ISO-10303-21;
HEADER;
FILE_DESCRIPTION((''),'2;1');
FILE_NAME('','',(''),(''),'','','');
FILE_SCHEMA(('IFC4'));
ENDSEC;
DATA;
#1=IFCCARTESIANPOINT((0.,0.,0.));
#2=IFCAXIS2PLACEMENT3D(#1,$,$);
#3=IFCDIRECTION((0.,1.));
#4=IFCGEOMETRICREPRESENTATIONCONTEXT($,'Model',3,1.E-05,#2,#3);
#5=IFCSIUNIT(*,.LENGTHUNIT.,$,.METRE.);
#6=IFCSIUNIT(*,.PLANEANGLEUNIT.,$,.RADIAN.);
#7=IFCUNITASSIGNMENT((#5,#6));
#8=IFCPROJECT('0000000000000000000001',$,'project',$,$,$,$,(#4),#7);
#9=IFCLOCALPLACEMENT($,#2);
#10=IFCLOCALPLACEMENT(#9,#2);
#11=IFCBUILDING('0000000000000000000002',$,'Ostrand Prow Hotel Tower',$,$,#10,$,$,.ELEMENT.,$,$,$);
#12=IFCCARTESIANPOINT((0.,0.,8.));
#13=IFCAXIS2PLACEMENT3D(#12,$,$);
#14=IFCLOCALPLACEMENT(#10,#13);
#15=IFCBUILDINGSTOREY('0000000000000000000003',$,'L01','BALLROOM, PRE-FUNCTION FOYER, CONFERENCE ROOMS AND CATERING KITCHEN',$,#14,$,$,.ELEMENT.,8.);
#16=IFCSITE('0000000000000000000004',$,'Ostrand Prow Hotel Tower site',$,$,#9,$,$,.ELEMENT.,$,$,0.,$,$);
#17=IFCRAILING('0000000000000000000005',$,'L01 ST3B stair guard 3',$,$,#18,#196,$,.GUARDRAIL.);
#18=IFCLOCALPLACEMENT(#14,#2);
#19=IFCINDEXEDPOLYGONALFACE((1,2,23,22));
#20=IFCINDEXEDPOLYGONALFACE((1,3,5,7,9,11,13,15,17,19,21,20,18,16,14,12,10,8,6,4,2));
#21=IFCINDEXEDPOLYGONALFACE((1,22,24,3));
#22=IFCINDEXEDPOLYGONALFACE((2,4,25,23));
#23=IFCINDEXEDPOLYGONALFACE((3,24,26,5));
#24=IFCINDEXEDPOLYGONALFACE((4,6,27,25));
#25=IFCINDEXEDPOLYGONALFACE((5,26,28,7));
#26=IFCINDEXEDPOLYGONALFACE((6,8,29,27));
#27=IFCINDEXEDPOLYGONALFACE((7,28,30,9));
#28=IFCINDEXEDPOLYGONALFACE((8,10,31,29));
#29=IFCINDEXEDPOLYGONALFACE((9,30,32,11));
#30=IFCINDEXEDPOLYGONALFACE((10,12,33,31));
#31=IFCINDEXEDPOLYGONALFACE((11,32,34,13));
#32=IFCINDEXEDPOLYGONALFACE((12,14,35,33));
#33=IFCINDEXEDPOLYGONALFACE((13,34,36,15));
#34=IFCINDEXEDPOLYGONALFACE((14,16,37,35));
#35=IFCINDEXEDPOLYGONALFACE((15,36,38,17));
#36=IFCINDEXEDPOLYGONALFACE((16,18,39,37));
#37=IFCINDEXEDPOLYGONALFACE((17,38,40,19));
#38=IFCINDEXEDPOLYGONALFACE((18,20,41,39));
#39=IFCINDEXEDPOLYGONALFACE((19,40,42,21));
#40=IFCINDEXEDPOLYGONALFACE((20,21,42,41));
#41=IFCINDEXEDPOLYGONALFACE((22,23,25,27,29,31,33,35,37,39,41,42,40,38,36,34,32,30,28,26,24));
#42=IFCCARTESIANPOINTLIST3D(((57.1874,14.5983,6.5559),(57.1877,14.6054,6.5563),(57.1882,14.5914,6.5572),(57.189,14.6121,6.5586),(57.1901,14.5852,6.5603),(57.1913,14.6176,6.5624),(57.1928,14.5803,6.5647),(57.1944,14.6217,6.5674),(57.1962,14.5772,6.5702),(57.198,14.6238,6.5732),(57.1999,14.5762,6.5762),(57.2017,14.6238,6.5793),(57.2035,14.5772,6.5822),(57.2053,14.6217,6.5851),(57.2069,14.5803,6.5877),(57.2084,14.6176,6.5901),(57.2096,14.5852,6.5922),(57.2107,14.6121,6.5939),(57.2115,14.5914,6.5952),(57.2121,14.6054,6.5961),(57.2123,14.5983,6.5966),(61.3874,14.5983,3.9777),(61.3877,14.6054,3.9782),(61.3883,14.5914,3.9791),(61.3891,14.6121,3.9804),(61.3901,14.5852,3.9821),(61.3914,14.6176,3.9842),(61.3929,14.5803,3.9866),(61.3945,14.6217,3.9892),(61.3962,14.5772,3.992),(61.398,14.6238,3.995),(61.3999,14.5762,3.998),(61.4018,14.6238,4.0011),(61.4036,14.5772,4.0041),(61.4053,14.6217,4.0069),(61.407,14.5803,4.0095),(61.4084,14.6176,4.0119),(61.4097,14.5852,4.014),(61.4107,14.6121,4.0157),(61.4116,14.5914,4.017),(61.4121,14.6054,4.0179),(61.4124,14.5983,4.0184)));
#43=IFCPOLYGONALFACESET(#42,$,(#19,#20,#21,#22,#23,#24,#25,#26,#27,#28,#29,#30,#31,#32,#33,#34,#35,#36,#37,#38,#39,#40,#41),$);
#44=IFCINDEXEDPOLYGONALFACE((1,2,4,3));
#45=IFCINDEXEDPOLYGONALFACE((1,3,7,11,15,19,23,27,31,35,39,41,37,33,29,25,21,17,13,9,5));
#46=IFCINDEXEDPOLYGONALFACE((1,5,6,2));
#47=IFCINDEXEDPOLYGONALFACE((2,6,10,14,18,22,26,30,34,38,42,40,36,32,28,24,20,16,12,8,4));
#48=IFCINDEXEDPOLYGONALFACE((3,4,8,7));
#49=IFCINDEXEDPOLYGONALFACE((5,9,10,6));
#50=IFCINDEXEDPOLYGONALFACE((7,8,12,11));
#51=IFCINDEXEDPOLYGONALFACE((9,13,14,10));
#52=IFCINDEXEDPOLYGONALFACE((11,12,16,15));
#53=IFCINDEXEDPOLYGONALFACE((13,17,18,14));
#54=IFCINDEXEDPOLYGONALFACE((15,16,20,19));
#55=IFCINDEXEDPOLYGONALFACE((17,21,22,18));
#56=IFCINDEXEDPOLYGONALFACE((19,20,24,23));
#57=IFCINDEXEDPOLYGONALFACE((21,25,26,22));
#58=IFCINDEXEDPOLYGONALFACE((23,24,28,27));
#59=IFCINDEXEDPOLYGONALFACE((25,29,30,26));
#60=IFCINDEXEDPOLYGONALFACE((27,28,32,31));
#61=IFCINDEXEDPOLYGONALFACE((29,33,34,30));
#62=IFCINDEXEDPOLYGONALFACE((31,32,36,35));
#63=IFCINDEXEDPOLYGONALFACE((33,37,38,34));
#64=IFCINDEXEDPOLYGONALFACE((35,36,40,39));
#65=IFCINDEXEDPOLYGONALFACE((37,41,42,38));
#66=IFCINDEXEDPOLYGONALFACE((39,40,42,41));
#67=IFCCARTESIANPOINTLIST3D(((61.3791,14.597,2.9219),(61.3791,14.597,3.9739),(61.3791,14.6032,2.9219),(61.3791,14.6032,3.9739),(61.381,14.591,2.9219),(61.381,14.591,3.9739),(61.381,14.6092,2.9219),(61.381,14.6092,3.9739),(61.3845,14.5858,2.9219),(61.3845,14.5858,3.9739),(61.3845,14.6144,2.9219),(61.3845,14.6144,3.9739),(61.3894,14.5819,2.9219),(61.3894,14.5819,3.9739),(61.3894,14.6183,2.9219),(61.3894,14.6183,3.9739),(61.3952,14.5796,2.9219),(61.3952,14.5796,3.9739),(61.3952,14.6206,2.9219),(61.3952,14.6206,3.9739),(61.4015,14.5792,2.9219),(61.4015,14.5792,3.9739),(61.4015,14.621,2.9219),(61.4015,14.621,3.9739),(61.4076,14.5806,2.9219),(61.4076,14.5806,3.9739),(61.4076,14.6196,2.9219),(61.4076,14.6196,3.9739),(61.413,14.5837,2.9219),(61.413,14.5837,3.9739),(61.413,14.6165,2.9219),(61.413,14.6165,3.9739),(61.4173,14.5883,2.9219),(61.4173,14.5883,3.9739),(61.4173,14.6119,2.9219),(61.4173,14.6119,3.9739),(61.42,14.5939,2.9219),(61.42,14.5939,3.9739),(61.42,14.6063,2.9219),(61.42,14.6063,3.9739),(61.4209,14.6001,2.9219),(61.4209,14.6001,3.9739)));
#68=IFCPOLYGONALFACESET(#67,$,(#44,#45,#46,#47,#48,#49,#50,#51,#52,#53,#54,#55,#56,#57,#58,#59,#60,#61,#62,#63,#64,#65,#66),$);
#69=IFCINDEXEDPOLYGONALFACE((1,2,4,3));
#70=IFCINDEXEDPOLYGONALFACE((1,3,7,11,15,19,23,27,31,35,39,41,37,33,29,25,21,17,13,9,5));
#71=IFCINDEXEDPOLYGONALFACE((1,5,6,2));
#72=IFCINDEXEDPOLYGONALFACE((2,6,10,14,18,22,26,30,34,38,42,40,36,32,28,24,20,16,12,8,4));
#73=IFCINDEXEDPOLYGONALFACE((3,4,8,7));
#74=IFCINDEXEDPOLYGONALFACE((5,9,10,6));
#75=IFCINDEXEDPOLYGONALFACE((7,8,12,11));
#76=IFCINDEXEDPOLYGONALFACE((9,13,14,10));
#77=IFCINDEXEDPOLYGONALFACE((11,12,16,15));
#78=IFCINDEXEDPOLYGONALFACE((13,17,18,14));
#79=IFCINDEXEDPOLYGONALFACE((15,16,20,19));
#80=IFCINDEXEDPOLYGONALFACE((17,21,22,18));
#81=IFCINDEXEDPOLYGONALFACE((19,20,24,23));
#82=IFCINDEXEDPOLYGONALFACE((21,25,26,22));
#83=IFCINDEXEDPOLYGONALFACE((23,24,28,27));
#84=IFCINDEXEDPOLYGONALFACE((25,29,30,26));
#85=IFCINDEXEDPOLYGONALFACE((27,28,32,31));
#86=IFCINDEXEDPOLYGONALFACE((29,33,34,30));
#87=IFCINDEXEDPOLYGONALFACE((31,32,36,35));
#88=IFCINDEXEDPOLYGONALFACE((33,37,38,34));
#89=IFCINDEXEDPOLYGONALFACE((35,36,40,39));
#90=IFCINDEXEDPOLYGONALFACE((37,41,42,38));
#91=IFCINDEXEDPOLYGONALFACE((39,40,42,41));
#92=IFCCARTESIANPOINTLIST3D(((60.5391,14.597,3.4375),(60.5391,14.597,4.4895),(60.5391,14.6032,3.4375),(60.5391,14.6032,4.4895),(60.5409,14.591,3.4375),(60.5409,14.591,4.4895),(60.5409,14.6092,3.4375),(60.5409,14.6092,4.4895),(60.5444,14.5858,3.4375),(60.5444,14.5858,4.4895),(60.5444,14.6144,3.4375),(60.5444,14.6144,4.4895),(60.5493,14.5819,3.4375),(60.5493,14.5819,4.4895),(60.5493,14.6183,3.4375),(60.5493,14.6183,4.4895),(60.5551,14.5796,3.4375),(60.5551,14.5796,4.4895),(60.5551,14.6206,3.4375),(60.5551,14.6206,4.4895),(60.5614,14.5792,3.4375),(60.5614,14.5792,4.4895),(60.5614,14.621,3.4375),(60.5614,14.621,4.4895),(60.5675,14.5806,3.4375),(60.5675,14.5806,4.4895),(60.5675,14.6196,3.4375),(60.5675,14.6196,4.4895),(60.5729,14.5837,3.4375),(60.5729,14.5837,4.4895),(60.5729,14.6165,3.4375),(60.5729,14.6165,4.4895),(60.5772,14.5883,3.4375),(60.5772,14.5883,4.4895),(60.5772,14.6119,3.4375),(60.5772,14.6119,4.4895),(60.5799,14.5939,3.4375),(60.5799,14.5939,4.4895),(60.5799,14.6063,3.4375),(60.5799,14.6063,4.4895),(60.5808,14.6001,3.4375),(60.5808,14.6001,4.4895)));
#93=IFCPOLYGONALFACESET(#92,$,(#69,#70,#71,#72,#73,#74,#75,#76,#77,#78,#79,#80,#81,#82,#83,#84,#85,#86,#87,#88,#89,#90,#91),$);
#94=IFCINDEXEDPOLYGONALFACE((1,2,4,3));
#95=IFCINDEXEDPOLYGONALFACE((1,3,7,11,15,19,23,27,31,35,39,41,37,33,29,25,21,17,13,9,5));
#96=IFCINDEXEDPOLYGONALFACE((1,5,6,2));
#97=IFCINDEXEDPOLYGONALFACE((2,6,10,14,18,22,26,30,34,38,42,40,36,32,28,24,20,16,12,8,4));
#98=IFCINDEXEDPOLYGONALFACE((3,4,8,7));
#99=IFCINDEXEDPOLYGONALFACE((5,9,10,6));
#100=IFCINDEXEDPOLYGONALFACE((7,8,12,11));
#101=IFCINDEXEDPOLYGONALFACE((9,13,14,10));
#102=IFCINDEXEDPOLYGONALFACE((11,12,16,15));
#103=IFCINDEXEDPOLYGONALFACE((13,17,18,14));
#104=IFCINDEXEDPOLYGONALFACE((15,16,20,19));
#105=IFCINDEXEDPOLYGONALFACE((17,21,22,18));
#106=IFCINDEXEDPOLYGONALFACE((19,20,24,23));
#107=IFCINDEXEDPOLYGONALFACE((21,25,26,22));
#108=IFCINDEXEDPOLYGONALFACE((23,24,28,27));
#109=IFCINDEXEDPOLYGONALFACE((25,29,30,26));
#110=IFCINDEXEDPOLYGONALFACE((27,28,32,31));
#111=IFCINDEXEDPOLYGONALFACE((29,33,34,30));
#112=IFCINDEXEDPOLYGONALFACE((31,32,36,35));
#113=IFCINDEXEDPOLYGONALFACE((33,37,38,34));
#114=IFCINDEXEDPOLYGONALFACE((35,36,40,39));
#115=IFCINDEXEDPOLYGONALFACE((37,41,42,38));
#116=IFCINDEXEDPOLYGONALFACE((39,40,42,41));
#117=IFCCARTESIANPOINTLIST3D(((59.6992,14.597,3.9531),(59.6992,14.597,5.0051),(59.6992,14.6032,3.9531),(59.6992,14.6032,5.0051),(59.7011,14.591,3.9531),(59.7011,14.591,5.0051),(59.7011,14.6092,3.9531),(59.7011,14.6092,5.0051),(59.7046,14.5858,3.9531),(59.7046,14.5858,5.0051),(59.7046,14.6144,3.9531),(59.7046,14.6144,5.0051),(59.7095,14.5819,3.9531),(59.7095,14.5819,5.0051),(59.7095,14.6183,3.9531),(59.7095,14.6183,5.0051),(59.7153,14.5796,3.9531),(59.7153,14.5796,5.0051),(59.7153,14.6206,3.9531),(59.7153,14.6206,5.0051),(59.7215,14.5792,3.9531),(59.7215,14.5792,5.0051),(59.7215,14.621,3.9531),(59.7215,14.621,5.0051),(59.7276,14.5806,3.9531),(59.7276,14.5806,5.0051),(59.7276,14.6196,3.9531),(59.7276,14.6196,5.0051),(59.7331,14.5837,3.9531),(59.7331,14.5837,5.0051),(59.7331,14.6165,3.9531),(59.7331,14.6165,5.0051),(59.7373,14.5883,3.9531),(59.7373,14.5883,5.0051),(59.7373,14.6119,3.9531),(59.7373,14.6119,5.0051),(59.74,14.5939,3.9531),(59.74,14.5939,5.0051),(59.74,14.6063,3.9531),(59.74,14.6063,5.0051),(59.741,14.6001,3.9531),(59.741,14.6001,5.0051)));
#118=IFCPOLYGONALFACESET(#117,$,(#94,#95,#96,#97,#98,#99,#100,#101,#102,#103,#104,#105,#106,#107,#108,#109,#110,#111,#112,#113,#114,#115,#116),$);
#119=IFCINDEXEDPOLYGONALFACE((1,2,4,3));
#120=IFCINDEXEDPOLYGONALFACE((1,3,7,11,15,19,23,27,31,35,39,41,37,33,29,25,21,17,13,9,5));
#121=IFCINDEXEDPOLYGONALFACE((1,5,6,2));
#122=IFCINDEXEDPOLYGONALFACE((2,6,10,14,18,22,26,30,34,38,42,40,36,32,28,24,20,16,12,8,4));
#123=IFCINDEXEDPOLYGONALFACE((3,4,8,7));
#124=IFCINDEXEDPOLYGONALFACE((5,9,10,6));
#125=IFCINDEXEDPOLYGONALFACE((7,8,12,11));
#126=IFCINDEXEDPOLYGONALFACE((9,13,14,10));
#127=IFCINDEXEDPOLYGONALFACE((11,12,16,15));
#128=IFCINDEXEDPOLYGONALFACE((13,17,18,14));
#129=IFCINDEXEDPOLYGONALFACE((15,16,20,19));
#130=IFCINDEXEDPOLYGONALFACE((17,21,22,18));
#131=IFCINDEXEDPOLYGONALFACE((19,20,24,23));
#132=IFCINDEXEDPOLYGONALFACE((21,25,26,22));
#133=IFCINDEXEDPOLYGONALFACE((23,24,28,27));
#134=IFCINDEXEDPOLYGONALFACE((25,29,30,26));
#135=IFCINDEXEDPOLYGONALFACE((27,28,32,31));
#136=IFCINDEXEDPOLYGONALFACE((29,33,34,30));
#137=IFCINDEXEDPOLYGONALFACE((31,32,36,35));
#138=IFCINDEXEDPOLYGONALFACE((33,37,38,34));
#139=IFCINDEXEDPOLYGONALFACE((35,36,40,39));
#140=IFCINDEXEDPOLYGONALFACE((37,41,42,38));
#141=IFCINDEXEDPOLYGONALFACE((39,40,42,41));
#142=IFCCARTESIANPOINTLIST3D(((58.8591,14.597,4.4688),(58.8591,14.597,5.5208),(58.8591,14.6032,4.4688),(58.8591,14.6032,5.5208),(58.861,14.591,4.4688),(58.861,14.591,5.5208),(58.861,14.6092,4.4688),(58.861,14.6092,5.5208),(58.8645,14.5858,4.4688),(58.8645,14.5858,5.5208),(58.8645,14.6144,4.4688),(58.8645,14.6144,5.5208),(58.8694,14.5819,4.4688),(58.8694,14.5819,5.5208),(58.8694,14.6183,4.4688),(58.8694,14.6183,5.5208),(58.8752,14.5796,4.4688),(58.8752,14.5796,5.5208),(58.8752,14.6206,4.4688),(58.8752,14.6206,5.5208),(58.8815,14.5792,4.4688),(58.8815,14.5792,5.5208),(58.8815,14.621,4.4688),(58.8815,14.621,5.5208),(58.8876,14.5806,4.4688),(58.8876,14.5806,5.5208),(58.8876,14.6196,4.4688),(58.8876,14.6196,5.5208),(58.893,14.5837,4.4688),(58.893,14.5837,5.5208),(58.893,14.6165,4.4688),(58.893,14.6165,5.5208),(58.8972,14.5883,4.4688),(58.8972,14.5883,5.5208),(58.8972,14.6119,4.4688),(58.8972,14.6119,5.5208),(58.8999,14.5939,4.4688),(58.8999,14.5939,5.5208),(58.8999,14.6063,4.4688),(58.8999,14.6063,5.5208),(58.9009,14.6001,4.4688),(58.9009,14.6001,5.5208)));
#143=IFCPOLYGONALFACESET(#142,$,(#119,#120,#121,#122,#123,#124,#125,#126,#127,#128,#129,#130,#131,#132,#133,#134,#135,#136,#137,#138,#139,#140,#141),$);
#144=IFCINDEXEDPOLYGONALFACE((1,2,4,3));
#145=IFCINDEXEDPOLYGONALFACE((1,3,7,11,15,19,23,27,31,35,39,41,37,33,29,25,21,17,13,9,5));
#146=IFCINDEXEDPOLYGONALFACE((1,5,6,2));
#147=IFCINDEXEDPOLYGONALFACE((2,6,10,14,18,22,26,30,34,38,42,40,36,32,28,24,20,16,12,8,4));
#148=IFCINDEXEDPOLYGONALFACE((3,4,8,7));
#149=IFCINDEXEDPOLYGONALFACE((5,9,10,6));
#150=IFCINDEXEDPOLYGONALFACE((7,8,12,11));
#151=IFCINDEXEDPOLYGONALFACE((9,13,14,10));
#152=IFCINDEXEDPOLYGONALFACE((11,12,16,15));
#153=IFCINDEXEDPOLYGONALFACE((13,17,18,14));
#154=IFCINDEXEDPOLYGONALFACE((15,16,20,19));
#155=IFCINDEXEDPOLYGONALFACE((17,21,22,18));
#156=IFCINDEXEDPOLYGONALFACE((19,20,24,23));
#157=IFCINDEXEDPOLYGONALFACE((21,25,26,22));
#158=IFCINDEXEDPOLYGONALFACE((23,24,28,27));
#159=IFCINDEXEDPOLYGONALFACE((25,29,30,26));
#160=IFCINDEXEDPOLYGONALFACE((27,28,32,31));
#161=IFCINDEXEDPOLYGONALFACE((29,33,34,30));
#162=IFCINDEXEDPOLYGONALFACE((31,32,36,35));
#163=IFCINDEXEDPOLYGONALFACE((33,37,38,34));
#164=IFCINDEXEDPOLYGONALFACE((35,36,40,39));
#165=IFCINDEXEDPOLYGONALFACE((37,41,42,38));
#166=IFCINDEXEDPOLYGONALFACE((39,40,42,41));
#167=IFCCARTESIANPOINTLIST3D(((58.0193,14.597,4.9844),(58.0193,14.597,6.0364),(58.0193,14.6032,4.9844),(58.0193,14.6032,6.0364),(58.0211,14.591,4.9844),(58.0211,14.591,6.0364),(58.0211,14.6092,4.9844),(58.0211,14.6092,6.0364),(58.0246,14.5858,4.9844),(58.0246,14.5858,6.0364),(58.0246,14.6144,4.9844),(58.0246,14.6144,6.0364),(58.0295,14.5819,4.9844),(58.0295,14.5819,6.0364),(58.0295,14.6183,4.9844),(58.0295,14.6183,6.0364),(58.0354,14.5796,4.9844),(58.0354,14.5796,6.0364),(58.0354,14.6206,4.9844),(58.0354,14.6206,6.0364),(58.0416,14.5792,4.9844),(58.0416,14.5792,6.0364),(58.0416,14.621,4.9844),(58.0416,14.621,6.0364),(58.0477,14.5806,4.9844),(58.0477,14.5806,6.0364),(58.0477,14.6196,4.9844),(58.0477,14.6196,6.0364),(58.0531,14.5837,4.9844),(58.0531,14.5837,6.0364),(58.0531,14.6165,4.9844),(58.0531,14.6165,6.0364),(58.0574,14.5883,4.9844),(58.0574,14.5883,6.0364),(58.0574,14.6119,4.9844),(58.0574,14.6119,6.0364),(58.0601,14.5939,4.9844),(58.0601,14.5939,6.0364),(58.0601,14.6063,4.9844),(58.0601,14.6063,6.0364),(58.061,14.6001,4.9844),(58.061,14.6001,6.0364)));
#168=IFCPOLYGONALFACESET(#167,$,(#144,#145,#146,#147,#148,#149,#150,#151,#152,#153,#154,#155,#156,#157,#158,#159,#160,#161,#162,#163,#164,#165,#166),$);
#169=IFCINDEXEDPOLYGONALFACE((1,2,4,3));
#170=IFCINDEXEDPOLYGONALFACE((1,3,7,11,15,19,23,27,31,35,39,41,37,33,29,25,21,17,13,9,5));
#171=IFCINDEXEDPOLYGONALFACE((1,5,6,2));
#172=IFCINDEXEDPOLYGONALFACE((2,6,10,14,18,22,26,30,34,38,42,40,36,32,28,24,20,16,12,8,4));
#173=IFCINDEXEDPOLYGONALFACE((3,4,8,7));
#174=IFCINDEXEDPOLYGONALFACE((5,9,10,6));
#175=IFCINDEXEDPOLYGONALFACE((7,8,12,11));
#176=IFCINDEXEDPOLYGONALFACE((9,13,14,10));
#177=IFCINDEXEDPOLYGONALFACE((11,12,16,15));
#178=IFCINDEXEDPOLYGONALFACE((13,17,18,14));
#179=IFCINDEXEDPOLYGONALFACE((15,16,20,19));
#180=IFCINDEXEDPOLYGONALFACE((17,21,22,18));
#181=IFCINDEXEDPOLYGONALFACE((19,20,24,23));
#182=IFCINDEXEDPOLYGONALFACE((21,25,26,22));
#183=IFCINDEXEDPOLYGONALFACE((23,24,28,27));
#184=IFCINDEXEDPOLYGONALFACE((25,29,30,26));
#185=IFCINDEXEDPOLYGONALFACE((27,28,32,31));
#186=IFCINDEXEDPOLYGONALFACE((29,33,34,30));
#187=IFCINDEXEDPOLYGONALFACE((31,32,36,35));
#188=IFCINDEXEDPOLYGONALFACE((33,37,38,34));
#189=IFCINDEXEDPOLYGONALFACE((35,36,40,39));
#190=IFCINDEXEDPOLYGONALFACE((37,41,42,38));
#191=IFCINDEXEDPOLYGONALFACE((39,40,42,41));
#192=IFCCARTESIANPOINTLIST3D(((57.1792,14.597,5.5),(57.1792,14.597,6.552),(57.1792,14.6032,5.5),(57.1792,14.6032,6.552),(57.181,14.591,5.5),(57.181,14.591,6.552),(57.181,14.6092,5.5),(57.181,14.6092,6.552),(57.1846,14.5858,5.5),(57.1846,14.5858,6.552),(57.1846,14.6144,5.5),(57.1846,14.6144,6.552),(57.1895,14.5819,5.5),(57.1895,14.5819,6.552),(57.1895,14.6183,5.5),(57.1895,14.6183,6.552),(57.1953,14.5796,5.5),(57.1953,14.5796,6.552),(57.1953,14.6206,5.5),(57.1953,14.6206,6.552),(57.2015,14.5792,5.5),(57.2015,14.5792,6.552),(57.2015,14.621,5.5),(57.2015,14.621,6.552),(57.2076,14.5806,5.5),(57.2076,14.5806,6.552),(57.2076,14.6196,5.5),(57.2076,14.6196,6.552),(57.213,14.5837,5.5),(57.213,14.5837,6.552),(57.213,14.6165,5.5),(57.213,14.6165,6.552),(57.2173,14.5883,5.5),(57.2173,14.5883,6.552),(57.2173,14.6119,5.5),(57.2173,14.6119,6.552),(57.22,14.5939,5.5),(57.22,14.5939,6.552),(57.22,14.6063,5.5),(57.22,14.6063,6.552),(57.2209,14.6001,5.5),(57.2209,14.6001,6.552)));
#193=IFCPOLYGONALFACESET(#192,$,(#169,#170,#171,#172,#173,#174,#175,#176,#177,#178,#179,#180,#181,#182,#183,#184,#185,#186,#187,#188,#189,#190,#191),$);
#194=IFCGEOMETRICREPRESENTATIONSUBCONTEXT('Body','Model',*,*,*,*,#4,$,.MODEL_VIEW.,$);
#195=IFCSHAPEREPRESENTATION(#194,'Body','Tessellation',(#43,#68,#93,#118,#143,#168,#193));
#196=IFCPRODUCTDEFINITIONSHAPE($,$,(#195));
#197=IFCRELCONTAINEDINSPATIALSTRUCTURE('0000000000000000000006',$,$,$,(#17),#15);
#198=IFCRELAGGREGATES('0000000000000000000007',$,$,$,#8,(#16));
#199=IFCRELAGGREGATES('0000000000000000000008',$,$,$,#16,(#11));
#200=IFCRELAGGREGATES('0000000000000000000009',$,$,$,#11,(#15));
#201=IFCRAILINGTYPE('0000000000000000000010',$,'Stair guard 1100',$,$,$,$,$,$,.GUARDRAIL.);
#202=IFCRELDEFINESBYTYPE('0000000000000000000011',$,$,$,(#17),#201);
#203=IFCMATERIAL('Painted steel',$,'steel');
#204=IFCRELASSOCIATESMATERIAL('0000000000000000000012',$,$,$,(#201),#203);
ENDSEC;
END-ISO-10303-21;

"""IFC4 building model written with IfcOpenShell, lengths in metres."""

from ifc_helpers import new_model, si_unit, direction, frame, origin, origin_2d, place, context, subcontext, project, spatial, circle, extrude, material, type_object, element, save


model = new_model("IFC4")

# Units and contexts
model_context = context("Model", 3, precision=1e-05, world=origin(), true_north=direction((0.0, 1.0)))
body_context = subcontext(model_context, "Body", "Model", "MODEL_VIEW")
ifc_project = project(units=[si_unit("LENGTHUNIT", "METRE"), si_unit("PLANEANGLEUNIT", "RADIAN")], contexts=[model_context])

# Site, building, storey
site_placement = place(None, origin())
site = spatial("IfcSite", under=ifc_project, at=site_placement, Name="Ostrand Prow Hotel Tower site", CompositionType="ELEMENT", RefElevation=0.0)
building_placement = place(site_placement, origin())
building = spatial("IfcBuilding", under=site, at=building_placement, Name="Ostrand Prow Hotel Tower", CompositionType="ELEMENT")
storey_placement = place(building_placement, frame((0.0, 0.0, 8.0)))
storey = spatial("IfcBuildingStorey", under=building, at=storey_placement, Name="L01", Description="BALLROOM, PRE-FUNCTION FOYER, CONFERENCE ROOMS AND CATERING KITCHEN", CompositionType="ELEMENT", Elevation=8.0)

# Railing
ifc_material_1 = material(Name="Painted steel", Category="steel")
railing_type_1 = type_object("IfcRailingType", Name="Stair guard 1100", PredefinedType="GUARDRAIL", material=ifc_material_1)
railing_1_placement = place(storey_placement, frame((61.3999, 14.6001, 2.9219)))
element("IfcRailing", 1, at=railing_1_placement, inside=storey, type_object=railing_type_1, Name="L01 ST3B stair guard 3", PredefinedType="GUARDRAIL", context=body_context, shape_type="SweptSolid", body=[
    extrude(circle(Radius=0.0239, at=origin_2d()), frame((0.0, 0.0, 1.0762), z_axis=(-0.852243, 0.0, 0.523146), x_axis=(0.0, -1.0, 0.0)), (0.0, 0.0, 1.0), 4.9282),
    extrude(circle(Radius=0.021, at=origin_2d()), origin(), (0.0, 0.0, 1.0), 1.052),
    extrude(circle(Radius=0.021, at=origin_2d()), frame((-0.8401, 0.0, 0.5156)), (0.0, 0.0, 1.0), 1.052),
    extrude(circle(Radius=0.021, at=origin_2d()), frame((-1.6799, 0.0, 1.0312)), (0.0, 0.0, 1.0), 1.052),
    extrude(circle(Radius=0.021, at=origin_2d()), frame((-2.52, 0.0, 1.5469)), (0.0, 0.0, 1.0), 1.052),
    extrude(circle(Radius=0.021, at=origin_2d()), frame((-3.3599, 0.0, 2.0625)), (0.0, 0.0, 1.0), 1.052),
    extrude(circle(Radius=0.021, at=origin_2d()), frame((-4.2, 0.0, 2.5781)), (0.0, 0.0, 1.0), 1.052),
])

save(model, "model.ifc")
